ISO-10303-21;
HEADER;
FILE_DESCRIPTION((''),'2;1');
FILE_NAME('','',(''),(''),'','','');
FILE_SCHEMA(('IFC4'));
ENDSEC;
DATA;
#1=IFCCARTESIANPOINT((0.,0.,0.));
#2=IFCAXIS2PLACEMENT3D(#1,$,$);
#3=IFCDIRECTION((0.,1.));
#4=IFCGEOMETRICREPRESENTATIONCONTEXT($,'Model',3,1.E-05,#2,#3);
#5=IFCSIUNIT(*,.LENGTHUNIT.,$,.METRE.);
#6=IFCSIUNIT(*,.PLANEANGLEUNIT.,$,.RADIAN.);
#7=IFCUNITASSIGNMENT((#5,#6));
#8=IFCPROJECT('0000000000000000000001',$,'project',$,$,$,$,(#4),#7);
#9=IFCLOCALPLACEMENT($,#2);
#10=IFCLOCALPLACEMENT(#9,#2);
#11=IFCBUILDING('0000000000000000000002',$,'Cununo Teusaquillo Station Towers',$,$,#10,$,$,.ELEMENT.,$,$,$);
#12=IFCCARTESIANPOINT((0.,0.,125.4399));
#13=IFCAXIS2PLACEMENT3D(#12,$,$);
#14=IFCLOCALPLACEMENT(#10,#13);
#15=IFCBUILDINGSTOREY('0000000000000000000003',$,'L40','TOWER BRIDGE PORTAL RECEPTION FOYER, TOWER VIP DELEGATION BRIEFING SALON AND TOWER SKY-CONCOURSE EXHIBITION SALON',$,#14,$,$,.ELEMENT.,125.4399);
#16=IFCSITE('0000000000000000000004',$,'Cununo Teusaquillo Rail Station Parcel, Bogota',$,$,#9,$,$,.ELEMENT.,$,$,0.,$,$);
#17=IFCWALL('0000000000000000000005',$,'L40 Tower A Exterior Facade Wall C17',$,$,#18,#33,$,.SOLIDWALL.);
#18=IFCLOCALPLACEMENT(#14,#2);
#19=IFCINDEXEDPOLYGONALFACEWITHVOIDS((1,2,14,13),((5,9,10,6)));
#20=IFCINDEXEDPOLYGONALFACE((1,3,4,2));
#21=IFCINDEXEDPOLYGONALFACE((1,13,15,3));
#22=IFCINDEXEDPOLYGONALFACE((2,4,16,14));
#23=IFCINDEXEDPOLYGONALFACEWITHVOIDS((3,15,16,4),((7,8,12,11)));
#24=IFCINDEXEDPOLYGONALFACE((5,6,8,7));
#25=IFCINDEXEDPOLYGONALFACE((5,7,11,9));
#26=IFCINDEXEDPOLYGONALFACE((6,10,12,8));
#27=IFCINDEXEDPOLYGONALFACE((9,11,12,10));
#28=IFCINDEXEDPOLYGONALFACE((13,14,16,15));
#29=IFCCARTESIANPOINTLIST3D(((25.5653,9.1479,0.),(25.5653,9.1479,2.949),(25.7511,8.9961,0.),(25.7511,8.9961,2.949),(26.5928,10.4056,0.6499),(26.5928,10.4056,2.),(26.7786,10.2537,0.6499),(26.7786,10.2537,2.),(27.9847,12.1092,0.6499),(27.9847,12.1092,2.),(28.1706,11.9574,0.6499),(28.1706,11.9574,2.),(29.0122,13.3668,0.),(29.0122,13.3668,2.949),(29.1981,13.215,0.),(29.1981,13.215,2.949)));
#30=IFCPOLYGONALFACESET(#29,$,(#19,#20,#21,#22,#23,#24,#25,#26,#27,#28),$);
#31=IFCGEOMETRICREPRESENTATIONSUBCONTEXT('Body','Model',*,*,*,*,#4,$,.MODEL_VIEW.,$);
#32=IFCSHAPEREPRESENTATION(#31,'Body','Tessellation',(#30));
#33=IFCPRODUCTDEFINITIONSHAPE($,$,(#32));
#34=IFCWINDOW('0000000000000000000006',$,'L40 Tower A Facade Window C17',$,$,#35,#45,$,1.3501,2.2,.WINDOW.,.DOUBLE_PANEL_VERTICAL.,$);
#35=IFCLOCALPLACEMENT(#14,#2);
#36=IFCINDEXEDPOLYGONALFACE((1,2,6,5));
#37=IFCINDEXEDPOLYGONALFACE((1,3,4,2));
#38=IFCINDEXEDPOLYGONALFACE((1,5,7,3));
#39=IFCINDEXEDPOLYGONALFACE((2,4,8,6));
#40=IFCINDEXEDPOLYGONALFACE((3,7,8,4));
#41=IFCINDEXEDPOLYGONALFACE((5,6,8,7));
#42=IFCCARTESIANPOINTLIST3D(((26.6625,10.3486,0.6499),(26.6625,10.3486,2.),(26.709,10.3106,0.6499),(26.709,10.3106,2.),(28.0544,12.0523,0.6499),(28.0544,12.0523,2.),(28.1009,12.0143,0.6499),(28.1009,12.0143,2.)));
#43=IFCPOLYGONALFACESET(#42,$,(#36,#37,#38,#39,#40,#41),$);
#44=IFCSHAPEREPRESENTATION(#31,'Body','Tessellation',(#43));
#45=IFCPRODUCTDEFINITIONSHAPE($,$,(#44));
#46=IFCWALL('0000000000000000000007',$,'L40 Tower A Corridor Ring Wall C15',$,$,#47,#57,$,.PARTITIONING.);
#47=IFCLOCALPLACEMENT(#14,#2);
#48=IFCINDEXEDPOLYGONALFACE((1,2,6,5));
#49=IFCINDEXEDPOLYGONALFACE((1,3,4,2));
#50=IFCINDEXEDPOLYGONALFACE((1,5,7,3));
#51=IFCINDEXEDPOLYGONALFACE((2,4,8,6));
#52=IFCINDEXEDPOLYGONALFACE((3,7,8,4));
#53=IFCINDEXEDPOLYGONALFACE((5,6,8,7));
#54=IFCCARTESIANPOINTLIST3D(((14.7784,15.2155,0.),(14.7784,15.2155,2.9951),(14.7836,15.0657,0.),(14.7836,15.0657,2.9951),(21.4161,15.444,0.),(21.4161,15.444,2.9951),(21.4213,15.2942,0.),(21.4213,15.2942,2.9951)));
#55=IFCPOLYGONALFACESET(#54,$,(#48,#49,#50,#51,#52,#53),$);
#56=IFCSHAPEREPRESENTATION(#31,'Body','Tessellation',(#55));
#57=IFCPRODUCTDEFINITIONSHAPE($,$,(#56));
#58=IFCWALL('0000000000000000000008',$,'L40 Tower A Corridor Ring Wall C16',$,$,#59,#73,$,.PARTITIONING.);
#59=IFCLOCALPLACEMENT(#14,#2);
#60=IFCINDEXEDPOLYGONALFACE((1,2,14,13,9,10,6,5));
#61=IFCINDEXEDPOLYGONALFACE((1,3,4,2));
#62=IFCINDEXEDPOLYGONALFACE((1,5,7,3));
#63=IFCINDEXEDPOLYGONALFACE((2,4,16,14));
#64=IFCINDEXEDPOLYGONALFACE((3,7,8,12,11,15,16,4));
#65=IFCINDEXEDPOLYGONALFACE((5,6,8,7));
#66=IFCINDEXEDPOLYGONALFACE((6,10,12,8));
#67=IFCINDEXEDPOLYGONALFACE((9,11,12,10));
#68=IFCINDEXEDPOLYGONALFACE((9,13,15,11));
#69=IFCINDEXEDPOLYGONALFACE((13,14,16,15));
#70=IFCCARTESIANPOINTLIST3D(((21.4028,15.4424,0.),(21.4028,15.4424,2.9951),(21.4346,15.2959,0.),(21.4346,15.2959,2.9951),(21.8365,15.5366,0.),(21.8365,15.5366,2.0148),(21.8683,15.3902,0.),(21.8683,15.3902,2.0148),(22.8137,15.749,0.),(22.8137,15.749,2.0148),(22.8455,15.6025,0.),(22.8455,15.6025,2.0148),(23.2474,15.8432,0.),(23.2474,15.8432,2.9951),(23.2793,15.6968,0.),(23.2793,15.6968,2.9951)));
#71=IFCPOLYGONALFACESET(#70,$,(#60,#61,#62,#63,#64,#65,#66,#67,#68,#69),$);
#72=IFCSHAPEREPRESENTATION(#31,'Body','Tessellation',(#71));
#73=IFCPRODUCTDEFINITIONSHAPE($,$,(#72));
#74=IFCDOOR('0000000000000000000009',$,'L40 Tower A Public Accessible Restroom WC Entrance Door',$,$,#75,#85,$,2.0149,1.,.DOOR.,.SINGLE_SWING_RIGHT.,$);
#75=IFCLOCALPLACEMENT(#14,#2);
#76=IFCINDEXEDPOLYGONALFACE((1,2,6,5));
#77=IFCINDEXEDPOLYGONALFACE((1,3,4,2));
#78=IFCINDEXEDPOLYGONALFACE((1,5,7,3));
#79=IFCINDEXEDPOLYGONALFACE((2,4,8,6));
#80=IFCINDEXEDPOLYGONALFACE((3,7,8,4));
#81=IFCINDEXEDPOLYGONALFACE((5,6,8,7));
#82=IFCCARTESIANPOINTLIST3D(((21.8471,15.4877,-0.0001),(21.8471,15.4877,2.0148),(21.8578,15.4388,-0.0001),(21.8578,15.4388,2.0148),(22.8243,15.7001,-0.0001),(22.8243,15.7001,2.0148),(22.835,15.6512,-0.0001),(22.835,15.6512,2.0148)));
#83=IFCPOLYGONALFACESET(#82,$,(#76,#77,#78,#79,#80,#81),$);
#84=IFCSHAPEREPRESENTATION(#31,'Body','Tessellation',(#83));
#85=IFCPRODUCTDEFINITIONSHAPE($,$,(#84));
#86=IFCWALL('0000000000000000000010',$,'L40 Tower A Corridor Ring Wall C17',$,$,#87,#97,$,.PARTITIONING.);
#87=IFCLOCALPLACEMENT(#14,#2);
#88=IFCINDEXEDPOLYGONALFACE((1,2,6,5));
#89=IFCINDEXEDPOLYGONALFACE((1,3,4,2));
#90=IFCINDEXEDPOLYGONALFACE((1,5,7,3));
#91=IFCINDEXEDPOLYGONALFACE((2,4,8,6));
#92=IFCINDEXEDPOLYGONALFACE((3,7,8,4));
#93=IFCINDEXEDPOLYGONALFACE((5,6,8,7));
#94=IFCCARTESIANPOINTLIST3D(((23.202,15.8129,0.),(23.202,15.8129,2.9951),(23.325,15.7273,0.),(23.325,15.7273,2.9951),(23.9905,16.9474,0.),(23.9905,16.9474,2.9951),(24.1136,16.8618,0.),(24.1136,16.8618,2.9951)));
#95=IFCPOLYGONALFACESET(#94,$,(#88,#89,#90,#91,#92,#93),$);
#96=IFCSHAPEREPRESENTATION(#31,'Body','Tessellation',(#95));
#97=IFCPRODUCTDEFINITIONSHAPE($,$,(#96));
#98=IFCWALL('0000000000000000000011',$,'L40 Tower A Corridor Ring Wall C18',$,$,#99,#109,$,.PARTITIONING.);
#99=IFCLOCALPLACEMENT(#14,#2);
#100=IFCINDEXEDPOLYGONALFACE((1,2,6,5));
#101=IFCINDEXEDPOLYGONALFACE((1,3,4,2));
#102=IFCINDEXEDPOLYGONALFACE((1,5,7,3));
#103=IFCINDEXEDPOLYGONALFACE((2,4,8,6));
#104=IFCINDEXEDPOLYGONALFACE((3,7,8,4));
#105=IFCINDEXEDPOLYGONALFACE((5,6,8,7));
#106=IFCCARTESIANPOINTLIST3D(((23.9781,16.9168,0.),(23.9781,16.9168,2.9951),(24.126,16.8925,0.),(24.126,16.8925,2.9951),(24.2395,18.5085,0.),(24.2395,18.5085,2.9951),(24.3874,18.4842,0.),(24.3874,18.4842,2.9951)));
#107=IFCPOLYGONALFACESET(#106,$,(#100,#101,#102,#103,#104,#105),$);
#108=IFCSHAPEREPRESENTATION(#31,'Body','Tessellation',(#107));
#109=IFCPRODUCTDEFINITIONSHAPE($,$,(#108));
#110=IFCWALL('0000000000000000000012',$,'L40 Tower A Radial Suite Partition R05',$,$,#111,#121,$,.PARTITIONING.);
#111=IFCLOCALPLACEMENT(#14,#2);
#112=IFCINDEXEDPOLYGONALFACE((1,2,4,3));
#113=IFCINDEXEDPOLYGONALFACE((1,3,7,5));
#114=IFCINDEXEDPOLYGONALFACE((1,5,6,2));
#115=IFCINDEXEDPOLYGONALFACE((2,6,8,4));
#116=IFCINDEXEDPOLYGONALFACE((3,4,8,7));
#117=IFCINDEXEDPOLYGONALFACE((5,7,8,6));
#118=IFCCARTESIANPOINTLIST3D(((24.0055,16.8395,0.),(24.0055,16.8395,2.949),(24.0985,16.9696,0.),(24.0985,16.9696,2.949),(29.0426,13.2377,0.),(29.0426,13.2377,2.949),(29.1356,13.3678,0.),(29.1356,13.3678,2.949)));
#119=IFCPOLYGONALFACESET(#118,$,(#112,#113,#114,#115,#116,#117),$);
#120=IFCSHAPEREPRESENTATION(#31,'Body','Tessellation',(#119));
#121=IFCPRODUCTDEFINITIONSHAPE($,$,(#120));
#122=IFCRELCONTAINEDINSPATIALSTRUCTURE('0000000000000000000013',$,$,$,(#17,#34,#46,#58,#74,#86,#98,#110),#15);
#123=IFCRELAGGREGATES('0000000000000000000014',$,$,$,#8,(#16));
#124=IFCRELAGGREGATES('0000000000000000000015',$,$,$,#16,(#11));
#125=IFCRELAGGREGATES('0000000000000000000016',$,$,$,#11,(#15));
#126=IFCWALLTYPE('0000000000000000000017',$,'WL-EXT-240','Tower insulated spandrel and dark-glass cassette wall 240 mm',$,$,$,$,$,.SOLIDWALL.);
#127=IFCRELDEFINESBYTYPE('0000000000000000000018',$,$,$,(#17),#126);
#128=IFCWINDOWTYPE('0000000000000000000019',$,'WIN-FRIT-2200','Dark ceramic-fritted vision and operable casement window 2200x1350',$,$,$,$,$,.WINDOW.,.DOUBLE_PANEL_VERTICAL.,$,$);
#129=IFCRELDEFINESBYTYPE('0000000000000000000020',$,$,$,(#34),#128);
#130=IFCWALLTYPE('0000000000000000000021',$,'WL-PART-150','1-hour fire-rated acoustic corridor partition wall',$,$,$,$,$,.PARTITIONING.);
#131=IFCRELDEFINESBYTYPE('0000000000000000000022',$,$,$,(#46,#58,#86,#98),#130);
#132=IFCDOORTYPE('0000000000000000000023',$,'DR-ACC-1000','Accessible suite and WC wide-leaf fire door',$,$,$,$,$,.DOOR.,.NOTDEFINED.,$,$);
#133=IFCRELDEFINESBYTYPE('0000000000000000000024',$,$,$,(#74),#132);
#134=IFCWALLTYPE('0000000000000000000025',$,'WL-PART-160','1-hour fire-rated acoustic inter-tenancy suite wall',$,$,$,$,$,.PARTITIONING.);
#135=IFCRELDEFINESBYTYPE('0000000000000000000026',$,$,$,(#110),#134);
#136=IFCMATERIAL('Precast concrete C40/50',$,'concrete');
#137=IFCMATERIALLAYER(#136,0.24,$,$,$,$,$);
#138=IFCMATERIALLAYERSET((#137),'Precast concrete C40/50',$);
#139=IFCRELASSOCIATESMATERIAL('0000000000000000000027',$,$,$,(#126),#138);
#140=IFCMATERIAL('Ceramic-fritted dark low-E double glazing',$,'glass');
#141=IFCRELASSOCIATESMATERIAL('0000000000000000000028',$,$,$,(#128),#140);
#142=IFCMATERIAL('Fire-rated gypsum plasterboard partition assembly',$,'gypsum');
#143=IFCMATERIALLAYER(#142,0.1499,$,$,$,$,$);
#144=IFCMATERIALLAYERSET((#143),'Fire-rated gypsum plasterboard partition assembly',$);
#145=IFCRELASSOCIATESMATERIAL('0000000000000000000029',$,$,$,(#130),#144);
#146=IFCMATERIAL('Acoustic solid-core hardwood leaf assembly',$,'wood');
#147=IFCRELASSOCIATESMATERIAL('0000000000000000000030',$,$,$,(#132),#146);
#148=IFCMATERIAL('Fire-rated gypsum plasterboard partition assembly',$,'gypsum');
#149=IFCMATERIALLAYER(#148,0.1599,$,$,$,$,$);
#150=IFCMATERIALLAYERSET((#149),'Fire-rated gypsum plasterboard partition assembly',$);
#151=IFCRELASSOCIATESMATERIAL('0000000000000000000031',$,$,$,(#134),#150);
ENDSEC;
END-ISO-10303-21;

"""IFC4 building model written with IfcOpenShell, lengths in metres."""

from ifc_helpers import new_model, si_unit, direction, frame, frame_2d, origin, place, context, subcontext, project, spatial, rectangle, extrude, source, transform, mapped, material, layer, layer_set, type_object, element, fill, save


model = new_model("IFC4")

# Units and contexts
model_context = context("Model", 3, precision=1e-05, world=origin(), true_north=direction((0.0, 1.0)))
body_context = subcontext(model_context, "Body", "Model", "MODEL_VIEW")
ifc_project = project(units=[si_unit("LENGTHUNIT", "METRE"), si_unit("PLANEANGLEUNIT", "RADIAN")], contexts=[model_context])

# Site, building, storey
site_placement = place(None, origin())
site = spatial("IfcSite", under=ifc_project, at=site_placement, Name="Cununo Teusaquillo Rail Station Parcel, Bogota", CompositionType="ELEMENT", RefElevation=0.0)
building_placement = place(site_placement, origin())
building = spatial("IfcBuilding", under=site, at=building_placement, Name="Cununo Teusaquillo Station Towers", CompositionType="ELEMENT")
storey_placement = place(building_placement, frame((0.0, 0.0, 125.4399)))
storey = spatial("IfcBuildingStorey", under=building, at=storey_placement, Name="L40", Description="TOWER BRIDGE PORTAL RECEPTION FOYER, TOWER VIP DELEGATION BRIEFING SALON AND TOWER SKY-CONCOURSE EXHIBITION SALON", CompositionType="ELEMENT", Elevation=125.4399)

# Shared definitions
ifc_material_1 = material(Name="Precast concrete C40/50", Category="concrete")
ifc_layer_1 = layer(ifc_material_1, 0.24)
ifc_layer_set_1 = layer_set([ifc_layer_1], Name="Precast concrete C40/50")
wall_type_1 = type_object("IfcWallType", Name="WL-EXT-240", Description="Tower insulated spandrel and dark-glass cassette wall 240 mm", PredefinedType="SOLIDWALL", material=ifc_layer_set_1)
shared_shape_1 = source(origin(), body_context, "Body", "SweptSolid", [
    extrude(rectangle(XDim=2.2, YDim=1.3501, at=frame_2d((1.1001, 0.675))), frame((0.0, 0.1299, 0.0), z_axis=(0.0, -1.0, 0.0), x_axis=(1.0, 0.0, 0.0)), (0.0, 0.0, 1.0), 0.26),
])
ifc_material_2 = material(Name="Ceramic-fritted dark low-E double glazing", Category="glass")
window_type_1 = type_object("IfcWindowType", Name="WIN-FRIT-2200", Description="Dark ceramic-fritted vision and operable casement window 2200x1350", PartitioningType="DOUBLE_PANEL_VERTICAL", PredefinedType="WINDOW", material=ifc_material_2)
shared_shape_2 = source(origin(), body_context, "Body", "SweptSolid", [
    extrude(rectangle(XDim=2.2, YDim=1.3501, at=frame_2d((1.1001, 0.675))), frame((0.0, 0.03, 0.0), z_axis=(0.0, -1.0, 0.0), x_axis=(1.0, 0.0, 0.0)), (0.0, 0.0, 1.0), 0.0601),
])

# Wall, opening, window
wall_1_placement = place(storey_placement, frame((29.1052, 13.291, 0.0), z_axis=(0.0, 0.0, 1.0), x_axis=(-0.632701, -0.774396, 0.0)))
wall_1 = element("IfcWall", 1, at=wall_1_placement, inside=storey, type_object=wall_type_1, Name="L40 Tower A Exterior Facade Wall C17", PredefinedType="SOLIDWALL", context=body_context, shape_type="SweptSolid", body=[
    extrude(rectangle(XDim=5.448, YDim=0.24, at=frame_2d((2.7241, 0.0))), origin(), (0.0, 0.0, 1.0), 2.949),
])
opening_1_placement = place(wall_1_placement, frame((1.624, 0.0, 0.6499)))
opening_1 = element("IfcOpeningElement", 2, at=opening_1_placement, cuts=wall_1, PredefinedType="OPENING", context=body_context, shape_type="MappedRepresentation", body=[
    mapped(shared_shape_1, transform((0.0, 0.0, 0.0), x_axis=(1.0, 0.0, 0.0), y_axis=(0.0, 1.0, 0.0), z_axis=(0.0, 0.0, 1.0), scale=1.0)),
])
window_1_placement = place(opening_1_placement, origin())
window_1 = element("IfcWindow", 3, at=window_1_placement, inside=storey, type_object=window_type_1, Name="L40 Tower A Facade Window C17", OverallHeight=1.3501, OverallWidth=2.2, PartitioningType="DOUBLE_PANEL_VERTICAL", PredefinedType="WINDOW", context=body_context, shape_type="MappedRepresentation", body=[
    mapped(shared_shape_2, transform((0.0, 0.0, 0.0), x_axis=(1.0, 0.0, 0.0), y_axis=(0.0, 1.0, 0.0), z_axis=(0.0, 0.0, 1.0), scale=1.0)),
])
fill(opening_1, window_1)

# Wall
ifc_material_3 = material(Name="Fire-rated gypsum plasterboard partition assembly", Category="gypsum")
ifc_layer_2 = layer(ifc_material_3, 0.1499)
ifc_layer_set_2 = layer_set([ifc_layer_2], Name="Fire-rated gypsum plasterboard partition assembly")
wall_type_2 = type_object("IfcWallType", Name="WL-PART-150", Description="1-hour fire-rated acoustic corridor partition wall", PredefinedType="PARTITIONING", material=ifc_layer_set_2)
wall_2_placement = place(storey_placement, frame((14.781, 15.1406, 0.0), z_axis=(0.0, 0.0, 1.0), x_axis=(0.999408, 0.034407, 0.0)))
element("IfcWall", 4, at=wall_2_placement, inside=storey, type_object=wall_type_2, Name="L40 Tower A Corridor Ring Wall C15", PredefinedType="PARTITIONING", context=body_context, shape_type="SweptSolid", body=[
    extrude(rectangle(XDim=6.6416, YDim=0.1499, at=frame_2d((3.3208, 0.0))), origin(), (0.0, 0.0, 1.0), 2.9951),
])

# Wall, opening, door
wall_3_placement = place(storey_placement, frame((21.4187, 15.3691, 0.0), z_axis=(0.0, 0.0, 1.0), x_axis=(0.977193, 0.212354, 0.0)))
wall_3 = element("IfcWall", 5, at=wall_3_placement, inside=storey, type_object=wall_type_2, Name="L40 Tower A Corridor Ring Wall C16", PredefinedType="PARTITIONING", context=body_context, shape_type="SweptSolid", body=[
    extrude(rectangle(XDim=1.8877, YDim=0.1499, at=frame_2d((0.9438, 0.0))), origin(), (0.0, 0.0, 1.0), 2.9951),
])
shared_shape_3 = source(origin(), body_context, "Body", "SweptSolid", [
    extrude(rectangle(XDim=1.0, YDim=2.0149, at=frame_2d((0.5, 1.0073))), frame((0.0, 0.085, 0.0), z_axis=(0.0, -1.0, 0.0), x_axis=(1.0, 0.0, 0.0)), (0.0, 0.0, 1.0), 0.1699),
])
opening_2_placement = place(wall_3_placement, frame((0.4438, 0.0, 0.0)))
opening_2 = element("IfcOpeningElement", 6, at=opening_2_placement, cuts=wall_3, PredefinedType="OPENING", context=body_context, shape_type="MappedRepresentation", body=[
    mapped(shared_shape_3, transform((0.0, 0.0, 0.0), x_axis=(1.0, 0.0, 0.0), y_axis=(0.0, 1.0, 0.0), z_axis=(0.0, 0.0, 1.0), scale=1.0)),
])
ifc_material_4 = material(Name="Acoustic solid-core hardwood leaf assembly", Category="wood")
door_type = type_object("IfcDoorType", Name="DR-ACC-1000", Description="Accessible suite and WC wide-leaf fire door", OperationType="NOTDEFINED", PredefinedType="DOOR", material=ifc_material_4)
shared_shape_4 = source(origin(), body_context, "Body", "SweptSolid", [
    extrude(rectangle(XDim=1.0, YDim=2.0149, at=frame_2d((0.5, 1.0073))), frame((0.0, 0.0249, 0.0), z_axis=(0.0, -1.0, 0.0), x_axis=(1.0, 0.0, 0.0)), (0.0, 0.0, 1.0), 0.05),
])
door_placement = place(opening_2_placement, origin())
door = element("IfcDoor", 7, at=door_placement, inside=storey, type_object=door_type, Name="L40 Tower A Public Accessible Restroom WC Entrance Door", OperationType="SINGLE_SWING_RIGHT", OverallHeight=2.0149, OverallWidth=1.0, PredefinedType="DOOR", context=body_context, shape_type="MappedRepresentation", body=[
    mapped(shared_shape_4, transform((0.0, 0.0, 0.0), x_axis=(1.0, 0.0, 0.0), y_axis=(0.0, 1.0, 0.0), z_axis=(0.0, 0.0, 1.0), scale=1.0)),
])
fill(opening_2, door)

# Walls
wall_4_placement = place(storey_placement, frame((23.2634, 15.77, 0.0), z_axis=(0.0, 0.0, 1.0), x_axis=(0.570743, 0.821128, 0.0)))
element("IfcWall", 8, at=wall_4_placement, inside=storey, type_object=wall_type_2, Name="L40 Tower A Corridor Ring Wall C17", PredefinedType="PARTITIONING", context=body_context, shape_type="SweptSolid", body=[
    extrude(rectangle(XDim=1.3816, YDim=0.1499, at=frame_2d((0.6909, 0.0))), origin(), (0.0, 0.0, 1.0), 2.9951),
])
wall_5_placement = place(storey_placement, frame((24.052, 16.9045, 0.0), z_axis=(0.0, 0.0, 1.0), x_axis=(0.162092, 0.986776, 0.0)))
element("IfcWall", 9, at=wall_5_placement, inside=storey, type_object=wall_type_2, Name="L40 Tower A Corridor Ring Wall C18", PredefinedType="PARTITIONING", context=body_context, shape_type="SweptSolid", body=[
    extrude(rectangle(XDim=1.613, YDim=0.1499, at=frame_2d((0.8066, 0.0))), origin(), (0.0, 0.0, 1.0), 2.9951),
])
ifc_material_5 = material(Name="Fire-rated gypsum plasterboard partition assembly", Category="gypsum")
ifc_layer_3 = layer(ifc_material_5, 0.1599)
ifc_layer_set_3 = layer_set([ifc_layer_3], Name="Fire-rated gypsum plasterboard partition assembly")
wall_type_3 = type_object("IfcWallType", Name="WL-PART-160", Description="1-hour fire-rated acoustic inter-tenancy suite wall", PredefinedType="PARTITIONING", material=ifc_layer_set_3)
wall_6_placement = place(storey_placement, frame((24.052, 16.9045, 0.0), z_axis=(0.0, 0.0, 1.0), x_axis=(0.813438, -0.581652, 0.0)))
element("IfcWall", 10, at=wall_6_placement, inside=storey, type_object=wall_type_3, Name="L40 Tower A Radial Suite Partition R05", PredefinedType="PARTITIONING", context=body_context, shape_type="SweptSolid", body=[
    extrude(rectangle(XDim=6.1924, YDim=0.1599, at=frame_2d((3.0962, 0.0))), origin(), (0.0, 0.0, 1.0), 2.949),
])

save(model, "model.ifc")
